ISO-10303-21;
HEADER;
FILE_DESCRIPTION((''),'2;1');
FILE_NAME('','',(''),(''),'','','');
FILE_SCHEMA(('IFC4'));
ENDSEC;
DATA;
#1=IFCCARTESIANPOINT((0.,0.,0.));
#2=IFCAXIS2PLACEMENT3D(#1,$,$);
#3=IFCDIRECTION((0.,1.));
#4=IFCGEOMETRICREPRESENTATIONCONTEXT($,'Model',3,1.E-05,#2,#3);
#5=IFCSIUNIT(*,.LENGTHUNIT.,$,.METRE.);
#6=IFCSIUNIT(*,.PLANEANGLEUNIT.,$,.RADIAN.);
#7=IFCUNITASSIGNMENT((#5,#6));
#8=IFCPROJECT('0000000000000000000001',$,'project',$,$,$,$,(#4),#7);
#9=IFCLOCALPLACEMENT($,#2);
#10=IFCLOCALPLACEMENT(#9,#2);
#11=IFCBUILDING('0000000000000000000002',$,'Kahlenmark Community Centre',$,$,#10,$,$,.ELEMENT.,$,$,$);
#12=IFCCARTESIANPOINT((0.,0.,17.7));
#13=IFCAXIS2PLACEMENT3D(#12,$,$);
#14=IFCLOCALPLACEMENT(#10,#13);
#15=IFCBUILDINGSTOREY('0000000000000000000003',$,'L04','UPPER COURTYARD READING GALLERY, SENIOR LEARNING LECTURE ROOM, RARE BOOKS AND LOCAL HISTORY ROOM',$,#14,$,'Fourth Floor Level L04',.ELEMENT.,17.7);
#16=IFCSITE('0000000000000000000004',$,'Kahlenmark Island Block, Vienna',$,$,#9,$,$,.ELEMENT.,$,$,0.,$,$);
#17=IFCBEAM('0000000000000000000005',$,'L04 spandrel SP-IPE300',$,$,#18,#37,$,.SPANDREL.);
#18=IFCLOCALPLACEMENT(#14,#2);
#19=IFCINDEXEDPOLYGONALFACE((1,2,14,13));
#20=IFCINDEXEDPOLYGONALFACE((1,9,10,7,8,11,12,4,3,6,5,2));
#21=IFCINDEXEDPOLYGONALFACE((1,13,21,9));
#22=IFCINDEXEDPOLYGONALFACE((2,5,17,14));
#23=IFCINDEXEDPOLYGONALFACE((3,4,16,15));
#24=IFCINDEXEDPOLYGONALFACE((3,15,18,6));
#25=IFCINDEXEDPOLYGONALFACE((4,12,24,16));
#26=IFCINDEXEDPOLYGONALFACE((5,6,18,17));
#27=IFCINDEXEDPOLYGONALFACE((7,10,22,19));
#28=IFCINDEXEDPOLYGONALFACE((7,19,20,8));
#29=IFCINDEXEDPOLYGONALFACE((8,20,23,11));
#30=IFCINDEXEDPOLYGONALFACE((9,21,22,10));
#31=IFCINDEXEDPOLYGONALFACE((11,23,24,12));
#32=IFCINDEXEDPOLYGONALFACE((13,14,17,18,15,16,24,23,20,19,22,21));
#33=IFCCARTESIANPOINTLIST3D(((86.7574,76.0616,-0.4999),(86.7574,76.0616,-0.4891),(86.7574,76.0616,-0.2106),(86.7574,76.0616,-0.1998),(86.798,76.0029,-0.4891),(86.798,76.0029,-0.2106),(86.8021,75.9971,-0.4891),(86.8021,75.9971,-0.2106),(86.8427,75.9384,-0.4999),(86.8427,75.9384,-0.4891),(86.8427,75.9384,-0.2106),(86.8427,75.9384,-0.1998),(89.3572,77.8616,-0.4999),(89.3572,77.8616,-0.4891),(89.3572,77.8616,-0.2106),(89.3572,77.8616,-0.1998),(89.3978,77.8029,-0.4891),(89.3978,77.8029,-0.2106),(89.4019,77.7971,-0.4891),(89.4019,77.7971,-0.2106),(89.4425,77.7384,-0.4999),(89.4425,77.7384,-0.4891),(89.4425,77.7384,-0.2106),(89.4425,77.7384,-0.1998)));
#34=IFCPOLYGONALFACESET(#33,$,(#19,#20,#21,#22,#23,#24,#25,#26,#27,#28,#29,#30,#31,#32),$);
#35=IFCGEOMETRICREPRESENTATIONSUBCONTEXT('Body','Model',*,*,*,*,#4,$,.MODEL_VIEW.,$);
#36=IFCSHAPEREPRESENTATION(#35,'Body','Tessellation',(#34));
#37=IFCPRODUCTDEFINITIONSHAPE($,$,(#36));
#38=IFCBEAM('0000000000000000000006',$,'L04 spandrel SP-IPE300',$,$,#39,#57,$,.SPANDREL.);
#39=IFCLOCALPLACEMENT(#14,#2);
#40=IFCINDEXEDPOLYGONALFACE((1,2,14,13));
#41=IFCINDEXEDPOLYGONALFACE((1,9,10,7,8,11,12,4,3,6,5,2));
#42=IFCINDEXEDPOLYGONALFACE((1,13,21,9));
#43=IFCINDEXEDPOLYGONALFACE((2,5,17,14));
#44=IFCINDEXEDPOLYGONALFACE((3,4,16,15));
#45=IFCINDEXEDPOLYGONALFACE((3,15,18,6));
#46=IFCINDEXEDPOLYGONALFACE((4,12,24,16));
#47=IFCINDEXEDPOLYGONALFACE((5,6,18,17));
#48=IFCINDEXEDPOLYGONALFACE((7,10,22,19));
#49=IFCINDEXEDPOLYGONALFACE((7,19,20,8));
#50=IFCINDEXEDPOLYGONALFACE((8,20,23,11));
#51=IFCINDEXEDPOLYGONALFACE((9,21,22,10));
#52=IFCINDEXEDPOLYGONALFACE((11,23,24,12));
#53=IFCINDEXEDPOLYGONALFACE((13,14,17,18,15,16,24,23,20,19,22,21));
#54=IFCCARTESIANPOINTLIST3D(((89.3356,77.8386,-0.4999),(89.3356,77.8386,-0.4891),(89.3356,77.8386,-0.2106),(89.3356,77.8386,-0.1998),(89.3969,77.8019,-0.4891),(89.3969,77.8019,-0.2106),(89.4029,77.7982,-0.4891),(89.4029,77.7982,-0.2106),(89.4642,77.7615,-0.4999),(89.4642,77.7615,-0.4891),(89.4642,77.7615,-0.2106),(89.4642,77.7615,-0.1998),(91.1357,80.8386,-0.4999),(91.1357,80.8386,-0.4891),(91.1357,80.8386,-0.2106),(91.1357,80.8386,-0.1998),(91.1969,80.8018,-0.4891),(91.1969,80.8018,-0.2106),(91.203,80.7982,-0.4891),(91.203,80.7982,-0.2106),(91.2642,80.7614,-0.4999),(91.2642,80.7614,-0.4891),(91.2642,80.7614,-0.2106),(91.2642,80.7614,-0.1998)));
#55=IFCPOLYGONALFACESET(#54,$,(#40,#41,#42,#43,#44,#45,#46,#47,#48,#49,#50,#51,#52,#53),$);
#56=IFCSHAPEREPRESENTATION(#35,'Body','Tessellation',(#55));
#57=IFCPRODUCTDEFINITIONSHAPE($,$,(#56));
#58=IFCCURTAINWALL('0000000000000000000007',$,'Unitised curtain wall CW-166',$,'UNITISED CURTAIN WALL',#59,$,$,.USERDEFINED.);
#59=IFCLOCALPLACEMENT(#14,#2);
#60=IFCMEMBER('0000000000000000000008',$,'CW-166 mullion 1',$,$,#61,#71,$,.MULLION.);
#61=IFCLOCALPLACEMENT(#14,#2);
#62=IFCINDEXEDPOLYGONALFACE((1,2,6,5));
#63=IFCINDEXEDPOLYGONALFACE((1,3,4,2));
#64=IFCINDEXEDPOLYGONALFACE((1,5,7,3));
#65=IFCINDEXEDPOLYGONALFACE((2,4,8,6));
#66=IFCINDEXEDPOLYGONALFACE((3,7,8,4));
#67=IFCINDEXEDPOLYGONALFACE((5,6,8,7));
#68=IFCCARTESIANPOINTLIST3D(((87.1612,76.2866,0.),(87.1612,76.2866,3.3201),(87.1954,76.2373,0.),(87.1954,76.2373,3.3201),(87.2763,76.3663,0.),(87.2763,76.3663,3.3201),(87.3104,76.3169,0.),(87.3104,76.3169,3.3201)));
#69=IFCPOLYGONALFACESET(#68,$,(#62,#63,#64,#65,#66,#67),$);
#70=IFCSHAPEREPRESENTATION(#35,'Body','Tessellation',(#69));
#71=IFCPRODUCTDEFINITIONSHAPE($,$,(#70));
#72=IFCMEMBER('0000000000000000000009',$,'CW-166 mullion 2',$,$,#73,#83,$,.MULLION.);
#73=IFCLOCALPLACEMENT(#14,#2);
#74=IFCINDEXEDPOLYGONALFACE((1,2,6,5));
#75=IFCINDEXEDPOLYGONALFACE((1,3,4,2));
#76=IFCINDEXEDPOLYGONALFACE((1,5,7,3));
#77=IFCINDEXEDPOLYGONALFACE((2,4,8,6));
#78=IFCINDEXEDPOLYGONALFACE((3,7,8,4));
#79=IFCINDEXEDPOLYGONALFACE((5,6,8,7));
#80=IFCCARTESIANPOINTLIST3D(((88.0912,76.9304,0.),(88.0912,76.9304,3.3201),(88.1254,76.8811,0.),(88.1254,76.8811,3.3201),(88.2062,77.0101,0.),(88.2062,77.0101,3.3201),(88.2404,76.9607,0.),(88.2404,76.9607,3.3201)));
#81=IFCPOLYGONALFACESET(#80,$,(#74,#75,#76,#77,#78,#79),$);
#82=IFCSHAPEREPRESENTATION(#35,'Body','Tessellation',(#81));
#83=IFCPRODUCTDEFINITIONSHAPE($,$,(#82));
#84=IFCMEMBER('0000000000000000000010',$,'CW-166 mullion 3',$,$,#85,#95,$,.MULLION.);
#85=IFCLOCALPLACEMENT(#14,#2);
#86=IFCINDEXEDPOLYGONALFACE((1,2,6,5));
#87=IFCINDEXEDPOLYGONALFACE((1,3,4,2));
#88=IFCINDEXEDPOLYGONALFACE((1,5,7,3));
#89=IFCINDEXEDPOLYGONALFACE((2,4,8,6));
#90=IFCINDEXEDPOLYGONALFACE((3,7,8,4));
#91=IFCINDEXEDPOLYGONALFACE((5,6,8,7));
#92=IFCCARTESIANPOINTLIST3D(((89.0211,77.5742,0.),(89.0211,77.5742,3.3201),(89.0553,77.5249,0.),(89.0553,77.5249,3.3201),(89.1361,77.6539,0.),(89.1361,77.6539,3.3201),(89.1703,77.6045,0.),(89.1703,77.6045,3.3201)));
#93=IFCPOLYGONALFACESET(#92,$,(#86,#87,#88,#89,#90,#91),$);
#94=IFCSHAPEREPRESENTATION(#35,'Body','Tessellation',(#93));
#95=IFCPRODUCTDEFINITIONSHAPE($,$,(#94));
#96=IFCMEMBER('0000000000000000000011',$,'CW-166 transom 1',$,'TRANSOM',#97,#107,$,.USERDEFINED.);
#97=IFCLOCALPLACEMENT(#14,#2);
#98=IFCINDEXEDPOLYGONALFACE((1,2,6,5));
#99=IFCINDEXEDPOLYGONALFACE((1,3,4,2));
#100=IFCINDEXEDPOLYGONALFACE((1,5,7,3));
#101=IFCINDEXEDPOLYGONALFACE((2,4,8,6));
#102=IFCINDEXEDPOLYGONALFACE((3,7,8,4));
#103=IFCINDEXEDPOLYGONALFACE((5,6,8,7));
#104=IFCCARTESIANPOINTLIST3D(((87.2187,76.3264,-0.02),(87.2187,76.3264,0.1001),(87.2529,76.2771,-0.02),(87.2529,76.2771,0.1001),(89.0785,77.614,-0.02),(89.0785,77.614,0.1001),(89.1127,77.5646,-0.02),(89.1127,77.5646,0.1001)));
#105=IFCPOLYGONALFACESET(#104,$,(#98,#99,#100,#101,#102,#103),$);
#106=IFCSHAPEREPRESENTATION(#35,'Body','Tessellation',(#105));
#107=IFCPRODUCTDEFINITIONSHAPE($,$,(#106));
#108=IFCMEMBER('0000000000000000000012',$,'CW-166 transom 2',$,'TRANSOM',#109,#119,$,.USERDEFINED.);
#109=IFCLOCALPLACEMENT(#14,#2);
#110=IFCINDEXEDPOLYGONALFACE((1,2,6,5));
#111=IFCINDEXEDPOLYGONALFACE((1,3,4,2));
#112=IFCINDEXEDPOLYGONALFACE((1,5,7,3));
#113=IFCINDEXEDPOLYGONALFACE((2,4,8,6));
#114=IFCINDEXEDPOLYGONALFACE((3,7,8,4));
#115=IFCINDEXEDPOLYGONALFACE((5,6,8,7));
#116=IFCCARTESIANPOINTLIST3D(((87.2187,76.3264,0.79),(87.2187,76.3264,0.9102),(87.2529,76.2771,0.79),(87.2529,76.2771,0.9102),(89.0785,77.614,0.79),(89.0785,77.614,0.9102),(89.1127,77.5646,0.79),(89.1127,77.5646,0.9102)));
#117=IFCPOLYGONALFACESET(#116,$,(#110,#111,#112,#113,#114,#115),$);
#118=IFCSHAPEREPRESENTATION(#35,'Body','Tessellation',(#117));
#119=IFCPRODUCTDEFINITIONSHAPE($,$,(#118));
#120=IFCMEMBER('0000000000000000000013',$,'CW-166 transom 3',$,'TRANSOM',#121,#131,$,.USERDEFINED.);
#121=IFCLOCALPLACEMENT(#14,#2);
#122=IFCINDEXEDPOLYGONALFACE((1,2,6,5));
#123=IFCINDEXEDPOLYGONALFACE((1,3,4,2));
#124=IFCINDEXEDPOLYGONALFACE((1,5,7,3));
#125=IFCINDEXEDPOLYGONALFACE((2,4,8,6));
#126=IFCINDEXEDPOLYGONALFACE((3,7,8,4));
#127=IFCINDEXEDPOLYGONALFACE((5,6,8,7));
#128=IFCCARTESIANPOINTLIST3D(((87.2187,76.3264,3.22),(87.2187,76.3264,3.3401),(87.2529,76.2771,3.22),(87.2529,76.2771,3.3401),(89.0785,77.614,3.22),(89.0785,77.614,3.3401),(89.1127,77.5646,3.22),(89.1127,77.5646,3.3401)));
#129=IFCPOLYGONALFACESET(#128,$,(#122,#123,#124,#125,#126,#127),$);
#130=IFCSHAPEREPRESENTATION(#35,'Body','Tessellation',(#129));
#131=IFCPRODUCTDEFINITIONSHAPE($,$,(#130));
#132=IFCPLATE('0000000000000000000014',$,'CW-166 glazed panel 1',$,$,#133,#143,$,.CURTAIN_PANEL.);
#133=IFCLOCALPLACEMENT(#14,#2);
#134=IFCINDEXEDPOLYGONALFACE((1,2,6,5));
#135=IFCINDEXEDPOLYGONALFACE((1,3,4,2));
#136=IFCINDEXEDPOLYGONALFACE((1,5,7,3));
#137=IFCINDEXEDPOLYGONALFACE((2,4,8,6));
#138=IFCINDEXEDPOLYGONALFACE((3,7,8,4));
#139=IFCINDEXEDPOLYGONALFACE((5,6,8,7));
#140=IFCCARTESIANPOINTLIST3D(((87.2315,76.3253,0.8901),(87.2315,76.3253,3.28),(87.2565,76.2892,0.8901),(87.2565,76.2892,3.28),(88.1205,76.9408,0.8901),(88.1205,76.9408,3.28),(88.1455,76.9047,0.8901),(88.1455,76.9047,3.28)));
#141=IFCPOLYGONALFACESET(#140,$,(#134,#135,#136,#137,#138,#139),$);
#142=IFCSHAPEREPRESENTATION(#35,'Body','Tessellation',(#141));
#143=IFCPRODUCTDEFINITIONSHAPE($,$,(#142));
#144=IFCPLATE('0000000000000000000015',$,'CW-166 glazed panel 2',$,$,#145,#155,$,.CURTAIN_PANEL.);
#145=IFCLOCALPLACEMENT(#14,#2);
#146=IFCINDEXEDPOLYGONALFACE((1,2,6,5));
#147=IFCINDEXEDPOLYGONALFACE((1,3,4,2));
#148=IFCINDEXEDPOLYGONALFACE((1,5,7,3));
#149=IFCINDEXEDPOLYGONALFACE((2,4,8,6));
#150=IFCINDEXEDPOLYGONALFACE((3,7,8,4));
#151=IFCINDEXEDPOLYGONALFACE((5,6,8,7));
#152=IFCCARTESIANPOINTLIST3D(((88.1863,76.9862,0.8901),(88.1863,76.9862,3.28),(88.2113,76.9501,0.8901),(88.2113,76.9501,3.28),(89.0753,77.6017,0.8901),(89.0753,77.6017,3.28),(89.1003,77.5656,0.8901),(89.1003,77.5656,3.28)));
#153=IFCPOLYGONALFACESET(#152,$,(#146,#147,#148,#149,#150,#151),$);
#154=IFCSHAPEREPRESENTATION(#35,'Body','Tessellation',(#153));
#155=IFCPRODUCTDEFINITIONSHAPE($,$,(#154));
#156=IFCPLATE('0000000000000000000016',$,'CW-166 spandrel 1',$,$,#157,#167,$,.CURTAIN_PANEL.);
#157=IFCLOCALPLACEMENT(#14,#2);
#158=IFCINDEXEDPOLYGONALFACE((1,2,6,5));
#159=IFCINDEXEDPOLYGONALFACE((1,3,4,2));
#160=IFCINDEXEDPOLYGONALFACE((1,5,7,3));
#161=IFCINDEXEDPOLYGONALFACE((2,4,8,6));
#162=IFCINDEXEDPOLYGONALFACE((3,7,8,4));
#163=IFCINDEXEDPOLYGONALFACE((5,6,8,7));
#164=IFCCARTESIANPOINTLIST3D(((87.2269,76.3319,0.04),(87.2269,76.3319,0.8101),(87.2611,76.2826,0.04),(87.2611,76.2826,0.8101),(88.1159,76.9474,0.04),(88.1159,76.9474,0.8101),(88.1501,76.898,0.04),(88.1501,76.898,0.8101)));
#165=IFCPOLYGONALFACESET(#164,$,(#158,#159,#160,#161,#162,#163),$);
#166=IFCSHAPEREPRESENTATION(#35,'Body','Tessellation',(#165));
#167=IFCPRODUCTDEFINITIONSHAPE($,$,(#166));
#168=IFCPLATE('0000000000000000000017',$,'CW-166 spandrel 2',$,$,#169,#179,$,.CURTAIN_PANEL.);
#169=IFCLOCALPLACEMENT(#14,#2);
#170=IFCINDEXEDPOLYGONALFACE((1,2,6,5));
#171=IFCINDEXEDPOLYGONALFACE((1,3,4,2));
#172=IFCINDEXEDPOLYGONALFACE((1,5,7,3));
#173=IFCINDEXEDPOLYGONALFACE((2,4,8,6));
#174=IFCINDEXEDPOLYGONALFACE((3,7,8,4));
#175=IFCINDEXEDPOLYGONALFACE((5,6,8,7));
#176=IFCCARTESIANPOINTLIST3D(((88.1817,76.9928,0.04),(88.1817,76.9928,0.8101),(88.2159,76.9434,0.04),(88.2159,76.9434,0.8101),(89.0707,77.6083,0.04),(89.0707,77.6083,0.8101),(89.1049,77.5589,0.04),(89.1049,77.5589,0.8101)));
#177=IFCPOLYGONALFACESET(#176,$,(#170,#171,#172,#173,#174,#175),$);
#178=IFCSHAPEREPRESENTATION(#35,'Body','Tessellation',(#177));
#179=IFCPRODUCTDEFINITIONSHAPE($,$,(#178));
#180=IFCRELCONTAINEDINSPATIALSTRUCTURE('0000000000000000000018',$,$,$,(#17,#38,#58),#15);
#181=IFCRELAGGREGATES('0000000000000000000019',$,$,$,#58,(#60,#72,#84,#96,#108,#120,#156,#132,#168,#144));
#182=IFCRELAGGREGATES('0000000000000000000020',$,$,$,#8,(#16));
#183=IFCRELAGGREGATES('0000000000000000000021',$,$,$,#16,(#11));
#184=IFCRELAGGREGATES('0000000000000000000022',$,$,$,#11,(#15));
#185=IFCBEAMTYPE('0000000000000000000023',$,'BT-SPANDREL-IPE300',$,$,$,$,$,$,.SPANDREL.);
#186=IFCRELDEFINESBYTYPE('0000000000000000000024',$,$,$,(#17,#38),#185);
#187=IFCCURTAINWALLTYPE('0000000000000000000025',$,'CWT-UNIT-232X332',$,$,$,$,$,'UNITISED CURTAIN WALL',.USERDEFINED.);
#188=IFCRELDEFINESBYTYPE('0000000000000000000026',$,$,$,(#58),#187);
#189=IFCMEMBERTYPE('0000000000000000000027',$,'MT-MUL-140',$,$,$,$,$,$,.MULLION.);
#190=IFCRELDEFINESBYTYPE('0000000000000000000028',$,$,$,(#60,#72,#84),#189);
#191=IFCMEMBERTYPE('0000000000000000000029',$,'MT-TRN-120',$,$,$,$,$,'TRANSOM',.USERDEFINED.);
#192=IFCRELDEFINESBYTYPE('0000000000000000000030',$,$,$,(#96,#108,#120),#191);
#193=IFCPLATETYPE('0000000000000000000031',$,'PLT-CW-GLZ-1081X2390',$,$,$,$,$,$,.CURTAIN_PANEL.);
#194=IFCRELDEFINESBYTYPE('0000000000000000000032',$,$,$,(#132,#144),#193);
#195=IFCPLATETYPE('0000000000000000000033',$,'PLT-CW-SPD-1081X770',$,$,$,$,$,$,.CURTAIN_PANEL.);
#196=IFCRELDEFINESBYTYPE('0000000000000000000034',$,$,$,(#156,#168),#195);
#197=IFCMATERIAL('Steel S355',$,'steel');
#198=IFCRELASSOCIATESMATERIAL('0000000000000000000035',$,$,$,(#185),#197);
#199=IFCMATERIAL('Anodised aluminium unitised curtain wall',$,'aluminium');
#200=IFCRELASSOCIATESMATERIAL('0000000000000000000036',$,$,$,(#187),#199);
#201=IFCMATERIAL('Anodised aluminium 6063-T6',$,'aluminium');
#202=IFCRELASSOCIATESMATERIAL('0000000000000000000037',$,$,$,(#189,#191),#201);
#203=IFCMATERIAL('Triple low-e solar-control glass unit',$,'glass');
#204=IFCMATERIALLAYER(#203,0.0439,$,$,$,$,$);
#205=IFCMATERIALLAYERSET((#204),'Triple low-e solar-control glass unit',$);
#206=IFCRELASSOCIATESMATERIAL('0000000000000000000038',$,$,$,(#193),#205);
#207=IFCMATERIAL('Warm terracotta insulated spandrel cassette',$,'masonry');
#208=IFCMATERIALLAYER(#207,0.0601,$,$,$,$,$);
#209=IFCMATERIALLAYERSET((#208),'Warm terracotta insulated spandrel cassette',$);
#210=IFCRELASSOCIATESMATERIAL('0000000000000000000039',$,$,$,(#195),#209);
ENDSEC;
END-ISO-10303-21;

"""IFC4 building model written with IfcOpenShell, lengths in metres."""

from ifc_helpers import new_model, si_unit, direction, frame, origin, origin_2d, place, context, subcontext, project, spatial, rectangle, i_section, extrude, material, layer, layer_set, material_profile, profile_set, type_object, element, aggregate, save


model = new_model("IFC4")

# Units and contexts
model_context = context("Model", 3, precision=1e-05, world=origin(), true_north=direction((0.0, 1.0)))
body_context = subcontext(model_context, "Body", "Model", "MODEL_VIEW")
ifc_project = project(units=[si_unit("LENGTHUNIT", "METRE"), si_unit("PLANEANGLEUNIT", "RADIAN")], contexts=[model_context])

# Site, building, storey
site_placement = place(None, origin())
site = spatial("IfcSite", under=ifc_project, at=site_placement, Name="Kahlenmark Island Block, Vienna", CompositionType="ELEMENT", RefElevation=0.0)
building_placement = place(site_placement, origin())
building = spatial("IfcBuilding", under=site, at=building_placement, Name="Kahlenmark Community Centre", CompositionType="ELEMENT")
storey_placement = place(building_placement, frame((0.0, 0.0, 17.7)))
storey = spatial("IfcBuildingStorey", under=building, at=storey_placement, Name="L04", Description="UPPER COURTYARD READING GALLERY, SENIOR LEARNING LECTURE ROOM, RARE BOOKS AND LOCAL HISTORY ROOM", LongName="Fourth Floor Level L04", CompositionType="ELEMENT", Elevation=17.7)

# Beams
ifc_material_1 = material(Name="Steel S355", Category="steel")
ifc_material_profile_1 = material_profile(ifc_material_1, i_section(OverallWidth=0.1499, OverallDepth=0.3, WebThickness=0.0071, FlangeThickness=0.0107, at=origin_2d()), Name="IPE 300")
ifc_profile_set_1 = profile_set([ifc_material_profile_1], Name="Steel S355")
beam_type_1 = type_object("IfcBeamType", Name="BT-SPANDREL-IPE300", PredefinedType="SPANDREL", material=ifc_profile_set_1)
beam_1_placement = place(storey_placement, frame((86.8, 76.0, -0.3499), z_axis=(0.82217, 0.569242, 0.0), x_axis=(-0.569242, 0.82217, 0.0)))
element("IfcBeam", 1, at=beam_1_placement, inside=storey, type_object=beam_type_1, Name="L04 spandrel SP-IPE300", PredefinedType="SPANDREL", context=body_context, shape_type="SweptSolid", body=[
    extrude(i_section(OverallWidth=0.1499, OverallDepth=0.3, WebThickness=0.0071, FlangeThickness=0.0107, at=origin_2d()), origin(), (0.0, 0.0, 1.0), 3.1621),
])
beam_2_placement = place(storey_placement, frame((89.3999, 77.8, -0.3499), z_axis=(0.514506, 0.857487, 0.0), x_axis=(-0.857487, 0.514506, 0.0)))
element("IfcBeam", 2, at=beam_2_placement, inside=storey, type_object=beam_type_1, Name="L04 spandrel SP-IPE300", PredefinedType="SPANDREL", context=body_context, shape_type="SweptSolid", body=[
    extrude(i_section(OverallWidth=0.1499, OverallDepth=0.3, WebThickness=0.0071, FlangeThickness=0.0107, at=origin_2d()), origin(), (0.0, 0.0, 1.0), 3.4985),
])

# Curtain wall, members, plates
ifc_material_2 = material(Name="Anodised aluminium unitised curtain wall", Category="aluminium")
curtain_wall_type = type_object("IfcCurtainWallType", Name="CWT-UNIT-232X332", ElementType="UNITISED CURTAIN WALL", PredefinedType="USERDEFINED", material=ifc_material_2)
curtain_wall_placement = place(storey_placement, origin())
curtain_wall = element("IfcCurtainWall", 3, at=curtain_wall_placement, inside=storey, type_object=curtain_wall_type, Name="Unitised curtain wall CW-166", ObjectType="UNITISED CURTAIN WALL", PredefinedType="USERDEFINED")
ifc_material_3 = material(Name="Anodised aluminium 6063-T6", Category="aluminium")
ifc_material_profile_2 = material_profile(ifc_material_3, rectangle(XDim=0.0601, YDim=0.1399, at=origin_2d()), Name="ALU MULLION 60x140")
ifc_profile_set_2 = profile_set([ifc_material_profile_2], Name="Anodised aluminium 6063-T6")
member_type_1 = type_object("IfcMemberType", Name="MT-MUL-140", PredefinedType="MULLION", material=ifc_profile_set_2)
member_1_placement = place(storey_placement, frame((87.2358, 76.3018, 0.0), z_axis=(0.0, 0.0, 1.0), x_axis=(-0.569212, 0.822191, 0.0)))
member_1 = element("IfcMember", 4, at=member_1_placement, type_object=member_type_1, Name="CW-166 mullion 1", PredefinedType="MULLION", context=body_context, shape_type="SweptSolid", body=[
    extrude(rectangle(XDim=0.0601, YDim=0.1399, at=origin_2d()), origin(), (0.0, 0.0, 1.0), 3.3201),
])
member_2_placement = place(storey_placement, frame((88.1658, 76.9456, 0.0), z_axis=(0.0, 0.0, 1.0), x_axis=(-0.569212, 0.822191, 0.0)))
member_2 = element("IfcMember", 5, at=member_2_placement, type_object=member_type_1, Name="CW-166 mullion 2", PredefinedType="MULLION", context=body_context, shape_type="SweptSolid", body=[
    extrude(rectangle(XDim=0.0601, YDim=0.1399, at=origin_2d()), origin(), (0.0, 0.0, 1.0), 3.3201),
])
member_3_placement = place(storey_placement, frame((89.0957, 77.5894, 0.0), z_axis=(0.0, 0.0, 1.0), x_axis=(-0.569212, 0.822191, 0.0)))
member_3 = element("IfcMember", 6, at=member_3_placement, type_object=member_type_1, Name="CW-166 mullion 3", PredefinedType="MULLION", context=body_context, shape_type="SweptSolid", body=[
    extrude(rectangle(XDim=0.0601, YDim=0.1399, at=origin_2d()), origin(), (0.0, 0.0, 1.0), 3.3201),
])
ifc_material_profile_3 = material_profile(ifc_material_3, rectangle(XDim=0.0601, YDim=0.1201, at=origin_2d()), Name="ALU TRANSOM 60x120")
ifc_profile_set_3 = profile_set([ifc_material_profile_3], Name="Anodised aluminium 6063-T6")
member_type_2 = type_object("IfcMemberType", Name="MT-TRN-120", ElementType="TRANSOM", PredefinedType="USERDEFINED", material=ifc_profile_set_3)
member_4_placement = place(storey_placement, frame((87.2358, 76.3018, 0.04), z_axis=(0.822192, 0.56921, 0.0), x_axis=(-0.56921, 0.822192, 0.0)))
member_4 = element("IfcMember", 7, at=member_4_placement, type_object=member_type_2, Name="CW-166 transom 1", ObjectType="TRANSOM", PredefinedType="USERDEFINED", context=body_context, shape_type="SweptSolid", body=[
    extrude(rectangle(XDim=0.0601, YDim=0.1201, at=origin_2d()), origin(), (0.0, 0.0, 1.0), 2.262),
])
member_5_placement = place(storey_placement, frame((87.2358, 76.3018, 0.8501), z_axis=(0.822192, 0.56921, 0.0), x_axis=(-0.56921, 0.822192, 0.0)))
member_5 = element("IfcMember", 8, at=member_5_placement, type_object=member_type_2, Name="CW-166 transom 2", ObjectType="TRANSOM", PredefinedType="USERDEFINED", context=body_context, shape_type="SweptSolid", body=[
    extrude(rectangle(XDim=0.0601, YDim=0.1201, at=origin_2d()), origin(), (0.0, 0.0, 1.0), 2.262),
])
member_6_placement = place(storey_placement, frame((87.2358, 76.3018, 3.28), z_axis=(0.822192, 0.56921, 0.0), x_axis=(-0.56921, 0.822192, 0.0)))
member_6 = element("IfcMember", 9, at=member_6_placement, type_object=member_type_2, Name="CW-166 transom 3", ObjectType="TRANSOM", PredefinedType="USERDEFINED", context=body_context, shape_type="SweptSolid", body=[
    extrude(rectangle(XDim=0.0601, YDim=0.1201, at=origin_2d()), origin(), (0.0, 0.0, 1.0), 2.262),
])
ifc_material_4 = material(Name="Triple low-e solar-control glass unit", Category="glass")
ifc_layer_1 = layer(ifc_material_4, 0.0439)
ifc_layer_set_1 = layer_set([ifc_layer_1], Name="Triple low-e solar-control glass unit")
plate_type_1 = type_object("IfcPlateType", Name="PLT-CW-GLZ-1081X2390", PredefinedType="CURTAIN_PANEL", material=ifc_layer_set_1)
plate_1_placement = place(storey_placement, frame((87.6885, 76.615, 0.8901), z_axis=(0.0, 0.0, 1.0), x_axis=(0.822191, 0.569212, 0.0)))
plate_1 = element("IfcPlate", 10, at=plate_1_placement, type_object=plate_type_1, Name="CW-166 glazed panel 1", PredefinedType="CURTAIN_PANEL", context=body_context, shape_type="SweptSolid", body=[
    extrude(rectangle(XDim=1.0813, YDim=0.0439, at=origin_2d()), origin(), (0.0, 0.0, 1.0), 2.3899),
])
plate_2_placement = place(storey_placement, frame((88.6433, 77.2759, 0.8901), z_axis=(0.0, 0.0, 1.0), x_axis=(0.822191, 0.569212, 0.0)))
plate_2 = element("IfcPlate", 11, at=plate_2_placement, type_object=plate_type_1, Name="CW-166 glazed panel 2", PredefinedType="CURTAIN_PANEL", context=body_context, shape_type="SweptSolid", body=[
    extrude(rectangle(XDim=1.0813, YDim=0.0439, at=origin_2d()), origin(), (0.0, 0.0, 1.0), 2.3899),
])
ifc_material_5 = material(Name="Warm terracotta insulated spandrel cassette", Category="masonry")
ifc_layer_2 = layer(ifc_material_5, 0.0601)
ifc_layer_set_2 = layer_set([ifc_layer_2], Name="Warm terracotta insulated spandrel cassette")
plate_type_2 = type_object("IfcPlateType", Name="PLT-CW-SPD-1081X770", PredefinedType="CURTAIN_PANEL", material=ifc_layer_set_2)
plate_3_placement = place(storey_placement, frame((87.6885, 76.615, 0.04), z_axis=(0.0, 0.0, 1.0), x_axis=(0.822191, 0.569212, 0.0)))
plate_3 = element("IfcPlate", 12, at=plate_3_placement, type_object=plate_type_2, Name="CW-166 spandrel 1", PredefinedType="CURTAIN_PANEL", context=body_context, shape_type="SweptSolid", body=[
    extrude(rectangle(XDim=1.0813, YDim=0.0601, at=origin_2d()), origin(), (0.0, 0.0, 1.0), 0.77),
])
plate_4_placement = place(storey_placement, frame((88.6433, 77.2759, 0.04), z_axis=(0.0, 0.0, 1.0), x_axis=(0.822191, 0.569212, 0.0)))
plate_4 = element("IfcPlate", 13, at=plate_4_placement, type_object=plate_type_2, Name="CW-166 spandrel 2", PredefinedType="CURTAIN_PANEL", context=body_context, shape_type="SweptSolid", body=[
    extrude(rectangle(XDim=1.0813, YDim=0.0601, at=origin_2d()), origin(), (0.0, 0.0, 1.0), 0.77),
])
aggregate(curtain_wall, [member_1, member_2, member_3, member_4, member_5, member_6, plate_3, plate_1, plate_4, plate_2])

save(model, "model.ifc")
